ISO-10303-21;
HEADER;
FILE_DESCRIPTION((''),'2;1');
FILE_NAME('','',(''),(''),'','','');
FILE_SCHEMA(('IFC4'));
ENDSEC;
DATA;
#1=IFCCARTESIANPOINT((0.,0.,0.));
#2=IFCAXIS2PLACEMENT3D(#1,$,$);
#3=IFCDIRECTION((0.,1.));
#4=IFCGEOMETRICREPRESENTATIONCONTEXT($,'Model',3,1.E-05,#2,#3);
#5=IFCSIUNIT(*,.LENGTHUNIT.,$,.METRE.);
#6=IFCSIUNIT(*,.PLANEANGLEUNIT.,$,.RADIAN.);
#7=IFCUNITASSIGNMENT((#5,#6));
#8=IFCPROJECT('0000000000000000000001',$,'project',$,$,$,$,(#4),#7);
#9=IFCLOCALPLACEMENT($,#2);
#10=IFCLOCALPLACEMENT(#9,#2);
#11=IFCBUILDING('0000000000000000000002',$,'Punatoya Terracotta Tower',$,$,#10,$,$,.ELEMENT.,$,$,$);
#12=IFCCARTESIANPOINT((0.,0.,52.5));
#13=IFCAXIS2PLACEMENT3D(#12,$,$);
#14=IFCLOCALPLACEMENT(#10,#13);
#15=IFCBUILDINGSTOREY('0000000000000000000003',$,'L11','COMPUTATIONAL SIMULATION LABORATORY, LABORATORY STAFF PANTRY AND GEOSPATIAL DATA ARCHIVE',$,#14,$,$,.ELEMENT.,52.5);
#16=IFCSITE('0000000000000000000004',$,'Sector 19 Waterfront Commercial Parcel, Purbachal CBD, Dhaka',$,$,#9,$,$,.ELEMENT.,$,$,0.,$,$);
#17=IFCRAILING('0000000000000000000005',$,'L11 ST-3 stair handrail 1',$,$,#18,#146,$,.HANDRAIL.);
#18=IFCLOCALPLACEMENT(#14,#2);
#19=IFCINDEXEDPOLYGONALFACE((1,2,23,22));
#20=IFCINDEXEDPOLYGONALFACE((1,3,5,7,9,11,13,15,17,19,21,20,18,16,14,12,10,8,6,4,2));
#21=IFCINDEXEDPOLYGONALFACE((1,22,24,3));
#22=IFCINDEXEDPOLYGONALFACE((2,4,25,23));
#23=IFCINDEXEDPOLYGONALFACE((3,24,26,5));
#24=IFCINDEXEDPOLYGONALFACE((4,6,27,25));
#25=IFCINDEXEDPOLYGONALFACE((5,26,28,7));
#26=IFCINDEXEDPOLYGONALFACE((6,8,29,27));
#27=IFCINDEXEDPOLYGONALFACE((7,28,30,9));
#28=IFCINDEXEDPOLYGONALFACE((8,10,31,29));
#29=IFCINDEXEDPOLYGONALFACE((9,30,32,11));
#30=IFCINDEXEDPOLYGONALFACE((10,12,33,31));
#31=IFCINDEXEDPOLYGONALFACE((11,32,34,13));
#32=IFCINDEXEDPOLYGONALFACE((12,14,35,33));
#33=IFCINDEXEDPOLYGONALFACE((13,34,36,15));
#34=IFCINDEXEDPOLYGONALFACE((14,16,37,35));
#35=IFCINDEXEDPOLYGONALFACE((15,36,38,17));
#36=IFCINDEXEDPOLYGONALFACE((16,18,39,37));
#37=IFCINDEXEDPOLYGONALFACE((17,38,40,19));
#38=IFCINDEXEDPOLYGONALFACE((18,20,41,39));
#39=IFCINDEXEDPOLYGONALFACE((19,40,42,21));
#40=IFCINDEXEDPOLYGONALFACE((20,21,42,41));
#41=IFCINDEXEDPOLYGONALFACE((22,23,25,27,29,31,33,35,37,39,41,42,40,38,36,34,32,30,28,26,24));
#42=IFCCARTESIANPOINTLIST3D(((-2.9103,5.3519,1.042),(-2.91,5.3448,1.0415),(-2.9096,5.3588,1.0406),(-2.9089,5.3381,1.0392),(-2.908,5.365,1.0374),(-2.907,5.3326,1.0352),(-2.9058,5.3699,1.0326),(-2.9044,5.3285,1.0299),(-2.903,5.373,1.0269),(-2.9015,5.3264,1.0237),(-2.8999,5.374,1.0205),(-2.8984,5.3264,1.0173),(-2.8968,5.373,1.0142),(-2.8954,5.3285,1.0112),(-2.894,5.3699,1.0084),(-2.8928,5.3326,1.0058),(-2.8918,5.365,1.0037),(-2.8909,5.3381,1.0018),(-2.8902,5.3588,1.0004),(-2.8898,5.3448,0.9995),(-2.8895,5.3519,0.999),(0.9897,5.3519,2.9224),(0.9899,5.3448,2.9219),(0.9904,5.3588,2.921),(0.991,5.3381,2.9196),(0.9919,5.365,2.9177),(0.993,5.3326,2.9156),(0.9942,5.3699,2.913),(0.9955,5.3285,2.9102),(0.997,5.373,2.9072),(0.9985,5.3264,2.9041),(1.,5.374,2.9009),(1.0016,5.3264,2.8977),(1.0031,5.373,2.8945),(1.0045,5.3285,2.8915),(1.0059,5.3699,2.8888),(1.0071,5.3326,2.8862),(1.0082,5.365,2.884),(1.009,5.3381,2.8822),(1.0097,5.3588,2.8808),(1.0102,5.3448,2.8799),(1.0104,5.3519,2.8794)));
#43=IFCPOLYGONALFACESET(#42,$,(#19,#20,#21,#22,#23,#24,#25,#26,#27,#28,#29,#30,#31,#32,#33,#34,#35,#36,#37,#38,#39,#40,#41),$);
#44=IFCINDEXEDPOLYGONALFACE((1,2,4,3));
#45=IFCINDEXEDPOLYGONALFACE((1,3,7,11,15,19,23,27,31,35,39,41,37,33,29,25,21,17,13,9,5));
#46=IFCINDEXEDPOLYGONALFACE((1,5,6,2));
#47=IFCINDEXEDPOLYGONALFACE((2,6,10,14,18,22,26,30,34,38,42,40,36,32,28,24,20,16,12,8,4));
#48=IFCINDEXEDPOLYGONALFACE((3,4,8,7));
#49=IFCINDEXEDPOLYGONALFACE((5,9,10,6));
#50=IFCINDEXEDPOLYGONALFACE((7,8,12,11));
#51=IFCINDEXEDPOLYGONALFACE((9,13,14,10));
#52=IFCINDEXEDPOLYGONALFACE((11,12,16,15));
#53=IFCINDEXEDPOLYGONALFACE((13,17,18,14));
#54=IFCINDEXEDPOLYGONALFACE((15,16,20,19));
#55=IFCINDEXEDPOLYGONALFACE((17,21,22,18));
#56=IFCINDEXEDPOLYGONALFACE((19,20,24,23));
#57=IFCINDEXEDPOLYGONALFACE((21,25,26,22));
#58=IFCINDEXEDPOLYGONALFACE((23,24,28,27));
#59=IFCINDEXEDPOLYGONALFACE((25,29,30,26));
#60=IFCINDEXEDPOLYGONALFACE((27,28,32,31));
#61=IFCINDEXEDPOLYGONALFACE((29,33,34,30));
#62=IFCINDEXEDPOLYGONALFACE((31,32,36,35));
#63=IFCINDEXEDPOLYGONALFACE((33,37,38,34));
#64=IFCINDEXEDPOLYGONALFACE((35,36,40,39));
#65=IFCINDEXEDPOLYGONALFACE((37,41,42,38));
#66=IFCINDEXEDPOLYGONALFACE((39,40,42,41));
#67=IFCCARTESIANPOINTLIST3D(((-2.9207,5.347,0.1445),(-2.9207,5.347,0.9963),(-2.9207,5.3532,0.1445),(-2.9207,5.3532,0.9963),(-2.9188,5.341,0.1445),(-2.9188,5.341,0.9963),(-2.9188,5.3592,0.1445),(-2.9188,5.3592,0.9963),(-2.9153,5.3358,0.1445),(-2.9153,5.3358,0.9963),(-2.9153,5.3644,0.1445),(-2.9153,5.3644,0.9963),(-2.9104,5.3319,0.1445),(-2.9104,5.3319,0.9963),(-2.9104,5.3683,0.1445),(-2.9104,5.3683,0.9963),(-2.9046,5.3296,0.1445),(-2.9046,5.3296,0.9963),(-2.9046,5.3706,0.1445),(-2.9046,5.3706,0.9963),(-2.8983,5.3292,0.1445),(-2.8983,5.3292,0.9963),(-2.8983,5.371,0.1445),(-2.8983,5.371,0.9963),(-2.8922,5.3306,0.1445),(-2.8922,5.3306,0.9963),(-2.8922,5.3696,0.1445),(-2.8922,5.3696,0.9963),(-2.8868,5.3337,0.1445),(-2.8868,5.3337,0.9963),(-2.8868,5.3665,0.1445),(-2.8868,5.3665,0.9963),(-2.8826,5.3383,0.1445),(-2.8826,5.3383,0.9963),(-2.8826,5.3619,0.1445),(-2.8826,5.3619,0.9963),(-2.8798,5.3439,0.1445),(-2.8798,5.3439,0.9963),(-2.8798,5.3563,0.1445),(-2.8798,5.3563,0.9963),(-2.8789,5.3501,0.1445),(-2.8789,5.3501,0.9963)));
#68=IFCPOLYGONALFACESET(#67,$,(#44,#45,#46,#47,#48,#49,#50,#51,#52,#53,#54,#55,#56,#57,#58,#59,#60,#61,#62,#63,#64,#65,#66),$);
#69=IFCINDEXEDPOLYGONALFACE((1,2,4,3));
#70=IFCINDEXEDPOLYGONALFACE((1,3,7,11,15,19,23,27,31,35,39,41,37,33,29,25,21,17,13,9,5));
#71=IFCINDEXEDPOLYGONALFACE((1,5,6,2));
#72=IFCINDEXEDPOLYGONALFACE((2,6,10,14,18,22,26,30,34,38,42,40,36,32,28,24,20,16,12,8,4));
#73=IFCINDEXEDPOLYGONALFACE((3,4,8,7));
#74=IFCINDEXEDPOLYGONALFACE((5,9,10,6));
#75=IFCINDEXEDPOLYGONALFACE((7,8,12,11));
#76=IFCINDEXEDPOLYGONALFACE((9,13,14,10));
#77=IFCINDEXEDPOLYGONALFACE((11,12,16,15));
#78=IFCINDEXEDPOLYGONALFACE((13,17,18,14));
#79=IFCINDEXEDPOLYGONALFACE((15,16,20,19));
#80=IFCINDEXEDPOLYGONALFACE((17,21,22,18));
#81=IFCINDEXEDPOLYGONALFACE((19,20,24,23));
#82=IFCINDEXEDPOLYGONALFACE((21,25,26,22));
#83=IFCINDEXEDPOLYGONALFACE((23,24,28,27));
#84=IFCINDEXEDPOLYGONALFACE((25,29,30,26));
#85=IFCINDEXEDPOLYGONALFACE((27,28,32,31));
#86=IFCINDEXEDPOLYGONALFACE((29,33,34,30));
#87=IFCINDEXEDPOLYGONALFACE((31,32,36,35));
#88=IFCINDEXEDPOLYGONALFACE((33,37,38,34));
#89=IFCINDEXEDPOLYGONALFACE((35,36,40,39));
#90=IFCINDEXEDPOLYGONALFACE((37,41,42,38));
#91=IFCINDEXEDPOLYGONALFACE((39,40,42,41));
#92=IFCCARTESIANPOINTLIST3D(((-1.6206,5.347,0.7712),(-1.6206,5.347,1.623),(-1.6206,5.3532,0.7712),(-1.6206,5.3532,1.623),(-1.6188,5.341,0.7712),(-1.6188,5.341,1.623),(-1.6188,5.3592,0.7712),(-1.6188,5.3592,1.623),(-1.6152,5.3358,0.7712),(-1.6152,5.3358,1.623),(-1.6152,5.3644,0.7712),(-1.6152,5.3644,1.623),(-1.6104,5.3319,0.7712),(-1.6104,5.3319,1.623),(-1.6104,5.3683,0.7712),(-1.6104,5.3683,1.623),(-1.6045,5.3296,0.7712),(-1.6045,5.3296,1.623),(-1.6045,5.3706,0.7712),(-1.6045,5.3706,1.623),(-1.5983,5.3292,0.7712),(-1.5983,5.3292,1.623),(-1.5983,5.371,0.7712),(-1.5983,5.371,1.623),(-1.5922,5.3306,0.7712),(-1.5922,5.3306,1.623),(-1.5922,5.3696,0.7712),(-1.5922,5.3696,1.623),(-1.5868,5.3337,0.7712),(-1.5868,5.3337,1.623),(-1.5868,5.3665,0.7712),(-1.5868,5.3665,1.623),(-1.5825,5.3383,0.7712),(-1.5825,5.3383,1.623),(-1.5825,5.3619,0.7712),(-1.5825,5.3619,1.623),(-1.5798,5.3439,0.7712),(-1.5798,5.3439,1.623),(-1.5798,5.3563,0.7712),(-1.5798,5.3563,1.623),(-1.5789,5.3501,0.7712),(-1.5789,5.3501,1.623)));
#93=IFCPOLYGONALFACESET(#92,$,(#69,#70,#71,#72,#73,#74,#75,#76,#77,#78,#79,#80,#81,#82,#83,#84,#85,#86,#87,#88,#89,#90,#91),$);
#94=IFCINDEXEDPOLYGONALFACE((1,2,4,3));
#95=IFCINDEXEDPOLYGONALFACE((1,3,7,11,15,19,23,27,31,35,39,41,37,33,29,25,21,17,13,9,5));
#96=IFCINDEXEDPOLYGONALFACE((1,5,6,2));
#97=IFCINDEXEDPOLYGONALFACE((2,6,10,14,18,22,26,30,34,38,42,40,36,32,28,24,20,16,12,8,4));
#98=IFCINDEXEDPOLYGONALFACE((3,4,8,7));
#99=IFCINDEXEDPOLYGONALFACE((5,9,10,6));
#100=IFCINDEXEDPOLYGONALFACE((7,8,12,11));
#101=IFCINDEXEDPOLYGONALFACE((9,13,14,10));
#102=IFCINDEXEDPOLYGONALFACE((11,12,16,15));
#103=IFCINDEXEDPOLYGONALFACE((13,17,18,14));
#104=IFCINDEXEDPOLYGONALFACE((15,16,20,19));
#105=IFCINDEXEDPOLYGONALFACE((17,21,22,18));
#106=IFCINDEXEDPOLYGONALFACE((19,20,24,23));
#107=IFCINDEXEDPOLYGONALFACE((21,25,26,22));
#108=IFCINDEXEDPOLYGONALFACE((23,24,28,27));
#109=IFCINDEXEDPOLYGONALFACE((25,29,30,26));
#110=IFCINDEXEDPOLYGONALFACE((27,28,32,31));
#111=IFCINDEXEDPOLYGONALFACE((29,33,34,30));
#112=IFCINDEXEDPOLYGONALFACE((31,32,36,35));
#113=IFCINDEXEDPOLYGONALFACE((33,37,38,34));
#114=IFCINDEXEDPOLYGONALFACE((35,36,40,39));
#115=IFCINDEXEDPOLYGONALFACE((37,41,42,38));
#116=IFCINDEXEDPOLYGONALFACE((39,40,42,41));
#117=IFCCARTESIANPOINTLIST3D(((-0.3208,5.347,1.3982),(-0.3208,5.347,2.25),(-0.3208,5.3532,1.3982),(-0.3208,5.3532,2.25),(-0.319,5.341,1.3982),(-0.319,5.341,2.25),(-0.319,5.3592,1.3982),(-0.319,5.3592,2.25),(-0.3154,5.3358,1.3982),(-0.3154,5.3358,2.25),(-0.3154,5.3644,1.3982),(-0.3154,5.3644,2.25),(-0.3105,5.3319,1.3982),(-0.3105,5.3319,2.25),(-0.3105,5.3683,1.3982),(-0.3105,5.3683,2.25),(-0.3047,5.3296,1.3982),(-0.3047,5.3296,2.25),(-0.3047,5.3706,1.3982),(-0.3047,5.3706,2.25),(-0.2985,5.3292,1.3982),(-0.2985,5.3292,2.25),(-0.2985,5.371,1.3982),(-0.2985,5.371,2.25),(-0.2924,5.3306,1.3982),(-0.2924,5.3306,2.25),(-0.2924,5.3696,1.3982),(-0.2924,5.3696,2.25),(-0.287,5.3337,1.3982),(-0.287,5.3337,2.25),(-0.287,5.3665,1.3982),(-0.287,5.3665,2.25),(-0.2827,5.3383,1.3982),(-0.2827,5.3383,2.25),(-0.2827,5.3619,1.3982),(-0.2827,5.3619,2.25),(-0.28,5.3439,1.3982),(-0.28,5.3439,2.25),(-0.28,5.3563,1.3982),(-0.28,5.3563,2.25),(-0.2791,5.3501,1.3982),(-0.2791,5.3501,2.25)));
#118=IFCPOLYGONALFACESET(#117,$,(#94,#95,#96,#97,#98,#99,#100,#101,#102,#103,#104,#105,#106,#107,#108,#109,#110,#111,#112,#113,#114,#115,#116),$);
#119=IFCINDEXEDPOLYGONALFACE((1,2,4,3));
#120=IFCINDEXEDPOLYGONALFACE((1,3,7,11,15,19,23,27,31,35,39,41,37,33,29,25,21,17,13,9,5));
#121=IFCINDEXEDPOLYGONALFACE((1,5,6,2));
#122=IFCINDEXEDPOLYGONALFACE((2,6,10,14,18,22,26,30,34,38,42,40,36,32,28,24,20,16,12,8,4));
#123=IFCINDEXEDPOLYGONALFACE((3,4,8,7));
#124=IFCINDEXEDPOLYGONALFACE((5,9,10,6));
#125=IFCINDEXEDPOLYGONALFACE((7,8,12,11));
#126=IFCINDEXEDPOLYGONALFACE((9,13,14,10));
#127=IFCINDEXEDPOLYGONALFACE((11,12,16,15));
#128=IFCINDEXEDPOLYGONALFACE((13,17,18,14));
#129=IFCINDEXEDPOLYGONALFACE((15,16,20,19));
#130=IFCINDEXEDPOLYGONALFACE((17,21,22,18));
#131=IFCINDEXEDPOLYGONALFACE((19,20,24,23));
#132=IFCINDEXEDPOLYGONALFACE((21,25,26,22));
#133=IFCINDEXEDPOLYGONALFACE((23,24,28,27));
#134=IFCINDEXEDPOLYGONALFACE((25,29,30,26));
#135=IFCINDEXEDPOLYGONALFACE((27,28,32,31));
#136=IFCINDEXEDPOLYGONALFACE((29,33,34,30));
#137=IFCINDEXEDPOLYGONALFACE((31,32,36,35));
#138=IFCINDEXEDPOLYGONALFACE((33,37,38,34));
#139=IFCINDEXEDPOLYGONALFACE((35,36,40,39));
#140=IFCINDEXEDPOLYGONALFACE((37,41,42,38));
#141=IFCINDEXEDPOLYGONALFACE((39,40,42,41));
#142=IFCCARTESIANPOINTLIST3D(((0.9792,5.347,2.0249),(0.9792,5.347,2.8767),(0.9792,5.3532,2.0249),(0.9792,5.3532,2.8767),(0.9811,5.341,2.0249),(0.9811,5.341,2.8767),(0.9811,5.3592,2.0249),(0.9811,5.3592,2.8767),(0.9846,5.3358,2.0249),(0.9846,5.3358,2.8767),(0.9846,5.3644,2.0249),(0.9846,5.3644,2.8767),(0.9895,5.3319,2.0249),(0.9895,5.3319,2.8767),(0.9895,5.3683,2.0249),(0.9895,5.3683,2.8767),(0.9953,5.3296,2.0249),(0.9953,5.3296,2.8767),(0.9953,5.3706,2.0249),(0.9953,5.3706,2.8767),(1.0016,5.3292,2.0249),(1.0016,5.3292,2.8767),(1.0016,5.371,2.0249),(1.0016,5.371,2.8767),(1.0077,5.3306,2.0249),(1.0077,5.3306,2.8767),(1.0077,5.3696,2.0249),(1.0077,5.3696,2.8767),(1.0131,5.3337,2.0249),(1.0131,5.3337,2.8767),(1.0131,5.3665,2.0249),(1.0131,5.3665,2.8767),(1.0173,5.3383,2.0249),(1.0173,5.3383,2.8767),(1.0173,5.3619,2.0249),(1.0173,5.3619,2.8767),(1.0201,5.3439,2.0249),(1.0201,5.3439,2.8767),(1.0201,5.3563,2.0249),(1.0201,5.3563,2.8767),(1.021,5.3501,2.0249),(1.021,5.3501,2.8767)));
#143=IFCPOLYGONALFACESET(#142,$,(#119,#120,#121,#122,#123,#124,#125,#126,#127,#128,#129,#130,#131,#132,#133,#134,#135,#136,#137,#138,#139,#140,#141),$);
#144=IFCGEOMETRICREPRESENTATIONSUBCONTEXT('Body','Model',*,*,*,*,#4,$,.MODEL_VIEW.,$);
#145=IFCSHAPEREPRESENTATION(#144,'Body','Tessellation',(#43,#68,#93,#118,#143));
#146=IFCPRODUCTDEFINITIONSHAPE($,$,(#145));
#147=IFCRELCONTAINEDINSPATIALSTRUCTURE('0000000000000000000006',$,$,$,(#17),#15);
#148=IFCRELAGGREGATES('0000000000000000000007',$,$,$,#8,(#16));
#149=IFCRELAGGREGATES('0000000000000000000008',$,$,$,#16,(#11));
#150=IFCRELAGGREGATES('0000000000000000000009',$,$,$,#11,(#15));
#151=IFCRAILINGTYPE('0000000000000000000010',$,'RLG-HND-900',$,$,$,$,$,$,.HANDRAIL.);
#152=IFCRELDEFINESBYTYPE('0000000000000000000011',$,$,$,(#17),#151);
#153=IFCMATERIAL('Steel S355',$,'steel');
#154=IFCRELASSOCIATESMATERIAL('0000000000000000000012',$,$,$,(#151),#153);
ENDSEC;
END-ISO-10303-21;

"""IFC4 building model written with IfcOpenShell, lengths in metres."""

from ifc_helpers import new_model, si_unit, direction, frame, origin, origin_2d, place, context, subcontext, project, spatial, circle, extrude, material, type_object, element, save


model = new_model("IFC4")

# Units and contexts
model_context = context("Model", 3, precision=1e-05, world=origin(), true_north=direction((0.0, 1.0)))
body_context = subcontext(model_context, "Body", "Model", "MODEL_VIEW")
ifc_project = project(units=[si_unit("LENGTHUNIT", "METRE"), si_unit("PLANEANGLEUNIT", "RADIAN")], contexts=[model_context])

# Site, building, storey
site_placement = place(None, origin())
site = spatial("IfcSite", under=ifc_project, at=site_placement, Name="Sector 19 Waterfront Commercial Parcel, Purbachal CBD, Dhaka", CompositionType="ELEMENT", RefElevation=0.0)
building_placement = place(site_placement, origin())
building = spatial("IfcBuilding", under=site, at=building_placement, Name="Punatoya Terracotta Tower", CompositionType="ELEMENT")
storey_placement = place(building_placement, frame((0.0, 0.0, 52.5)))
storey = spatial("IfcBuildingStorey", under=building, at=storey_placement, Name="L11", Description="COMPUTATIONAL SIMULATION LABORATORY, LABORATORY STAFF PANTRY AND GEOSPATIAL DATA ARCHIVE", CompositionType="ELEMENT", Elevation=52.5)

# Shared definitions
ifc_material_1 = material(Name="Steel S355", Category="steel")

# Railing
railing_type_1 = type_object("IfcRailingType", Name="RLG-HND-900", PredefinedType="HANDRAIL", material=ifc_material_1)
railing_1_placement = place(storey_placement, frame((-2.8999, 5.3501, 0.1445)))
element("IfcRailing", 1, at=railing_1_placement, inside=storey, type_object=railing_type_1, Name="L11 ST-3 stair handrail 1", PredefinedType="HANDRAIL", context=body_context, shape_type="SweptSolid", body=[
    extrude(circle(Radius=0.0239, at=origin_2d()), frame((0.0, 0.0, 0.876), z_axis=(0.900763, 0.0, 0.434311), x_axis=(0.0, 1.0, 0.0)), (0.0, 0.0, 1.0), 4.3296),
    extrude(circle(Radius=0.021, at=origin_2d()), origin(), (0.0, 0.0, 1.0), 0.8518),
    extrude(circle(Radius=0.021, at=origin_2d()), frame((1.3, 0.0, 0.6267)), (0.0, 0.0, 1.0), 0.8518),
    extrude(circle(Radius=0.021, at=origin_2d()), frame((2.5999, 0.0, 1.2537)), (0.0, 0.0, 1.0), 0.8518),
    extrude(circle(Radius=0.021, at=origin_2d()), frame((3.8999, 0.0, 1.8804)), (0.0, 0.0, 1.0), 0.8518),
])

save(model, "model.ifc")
